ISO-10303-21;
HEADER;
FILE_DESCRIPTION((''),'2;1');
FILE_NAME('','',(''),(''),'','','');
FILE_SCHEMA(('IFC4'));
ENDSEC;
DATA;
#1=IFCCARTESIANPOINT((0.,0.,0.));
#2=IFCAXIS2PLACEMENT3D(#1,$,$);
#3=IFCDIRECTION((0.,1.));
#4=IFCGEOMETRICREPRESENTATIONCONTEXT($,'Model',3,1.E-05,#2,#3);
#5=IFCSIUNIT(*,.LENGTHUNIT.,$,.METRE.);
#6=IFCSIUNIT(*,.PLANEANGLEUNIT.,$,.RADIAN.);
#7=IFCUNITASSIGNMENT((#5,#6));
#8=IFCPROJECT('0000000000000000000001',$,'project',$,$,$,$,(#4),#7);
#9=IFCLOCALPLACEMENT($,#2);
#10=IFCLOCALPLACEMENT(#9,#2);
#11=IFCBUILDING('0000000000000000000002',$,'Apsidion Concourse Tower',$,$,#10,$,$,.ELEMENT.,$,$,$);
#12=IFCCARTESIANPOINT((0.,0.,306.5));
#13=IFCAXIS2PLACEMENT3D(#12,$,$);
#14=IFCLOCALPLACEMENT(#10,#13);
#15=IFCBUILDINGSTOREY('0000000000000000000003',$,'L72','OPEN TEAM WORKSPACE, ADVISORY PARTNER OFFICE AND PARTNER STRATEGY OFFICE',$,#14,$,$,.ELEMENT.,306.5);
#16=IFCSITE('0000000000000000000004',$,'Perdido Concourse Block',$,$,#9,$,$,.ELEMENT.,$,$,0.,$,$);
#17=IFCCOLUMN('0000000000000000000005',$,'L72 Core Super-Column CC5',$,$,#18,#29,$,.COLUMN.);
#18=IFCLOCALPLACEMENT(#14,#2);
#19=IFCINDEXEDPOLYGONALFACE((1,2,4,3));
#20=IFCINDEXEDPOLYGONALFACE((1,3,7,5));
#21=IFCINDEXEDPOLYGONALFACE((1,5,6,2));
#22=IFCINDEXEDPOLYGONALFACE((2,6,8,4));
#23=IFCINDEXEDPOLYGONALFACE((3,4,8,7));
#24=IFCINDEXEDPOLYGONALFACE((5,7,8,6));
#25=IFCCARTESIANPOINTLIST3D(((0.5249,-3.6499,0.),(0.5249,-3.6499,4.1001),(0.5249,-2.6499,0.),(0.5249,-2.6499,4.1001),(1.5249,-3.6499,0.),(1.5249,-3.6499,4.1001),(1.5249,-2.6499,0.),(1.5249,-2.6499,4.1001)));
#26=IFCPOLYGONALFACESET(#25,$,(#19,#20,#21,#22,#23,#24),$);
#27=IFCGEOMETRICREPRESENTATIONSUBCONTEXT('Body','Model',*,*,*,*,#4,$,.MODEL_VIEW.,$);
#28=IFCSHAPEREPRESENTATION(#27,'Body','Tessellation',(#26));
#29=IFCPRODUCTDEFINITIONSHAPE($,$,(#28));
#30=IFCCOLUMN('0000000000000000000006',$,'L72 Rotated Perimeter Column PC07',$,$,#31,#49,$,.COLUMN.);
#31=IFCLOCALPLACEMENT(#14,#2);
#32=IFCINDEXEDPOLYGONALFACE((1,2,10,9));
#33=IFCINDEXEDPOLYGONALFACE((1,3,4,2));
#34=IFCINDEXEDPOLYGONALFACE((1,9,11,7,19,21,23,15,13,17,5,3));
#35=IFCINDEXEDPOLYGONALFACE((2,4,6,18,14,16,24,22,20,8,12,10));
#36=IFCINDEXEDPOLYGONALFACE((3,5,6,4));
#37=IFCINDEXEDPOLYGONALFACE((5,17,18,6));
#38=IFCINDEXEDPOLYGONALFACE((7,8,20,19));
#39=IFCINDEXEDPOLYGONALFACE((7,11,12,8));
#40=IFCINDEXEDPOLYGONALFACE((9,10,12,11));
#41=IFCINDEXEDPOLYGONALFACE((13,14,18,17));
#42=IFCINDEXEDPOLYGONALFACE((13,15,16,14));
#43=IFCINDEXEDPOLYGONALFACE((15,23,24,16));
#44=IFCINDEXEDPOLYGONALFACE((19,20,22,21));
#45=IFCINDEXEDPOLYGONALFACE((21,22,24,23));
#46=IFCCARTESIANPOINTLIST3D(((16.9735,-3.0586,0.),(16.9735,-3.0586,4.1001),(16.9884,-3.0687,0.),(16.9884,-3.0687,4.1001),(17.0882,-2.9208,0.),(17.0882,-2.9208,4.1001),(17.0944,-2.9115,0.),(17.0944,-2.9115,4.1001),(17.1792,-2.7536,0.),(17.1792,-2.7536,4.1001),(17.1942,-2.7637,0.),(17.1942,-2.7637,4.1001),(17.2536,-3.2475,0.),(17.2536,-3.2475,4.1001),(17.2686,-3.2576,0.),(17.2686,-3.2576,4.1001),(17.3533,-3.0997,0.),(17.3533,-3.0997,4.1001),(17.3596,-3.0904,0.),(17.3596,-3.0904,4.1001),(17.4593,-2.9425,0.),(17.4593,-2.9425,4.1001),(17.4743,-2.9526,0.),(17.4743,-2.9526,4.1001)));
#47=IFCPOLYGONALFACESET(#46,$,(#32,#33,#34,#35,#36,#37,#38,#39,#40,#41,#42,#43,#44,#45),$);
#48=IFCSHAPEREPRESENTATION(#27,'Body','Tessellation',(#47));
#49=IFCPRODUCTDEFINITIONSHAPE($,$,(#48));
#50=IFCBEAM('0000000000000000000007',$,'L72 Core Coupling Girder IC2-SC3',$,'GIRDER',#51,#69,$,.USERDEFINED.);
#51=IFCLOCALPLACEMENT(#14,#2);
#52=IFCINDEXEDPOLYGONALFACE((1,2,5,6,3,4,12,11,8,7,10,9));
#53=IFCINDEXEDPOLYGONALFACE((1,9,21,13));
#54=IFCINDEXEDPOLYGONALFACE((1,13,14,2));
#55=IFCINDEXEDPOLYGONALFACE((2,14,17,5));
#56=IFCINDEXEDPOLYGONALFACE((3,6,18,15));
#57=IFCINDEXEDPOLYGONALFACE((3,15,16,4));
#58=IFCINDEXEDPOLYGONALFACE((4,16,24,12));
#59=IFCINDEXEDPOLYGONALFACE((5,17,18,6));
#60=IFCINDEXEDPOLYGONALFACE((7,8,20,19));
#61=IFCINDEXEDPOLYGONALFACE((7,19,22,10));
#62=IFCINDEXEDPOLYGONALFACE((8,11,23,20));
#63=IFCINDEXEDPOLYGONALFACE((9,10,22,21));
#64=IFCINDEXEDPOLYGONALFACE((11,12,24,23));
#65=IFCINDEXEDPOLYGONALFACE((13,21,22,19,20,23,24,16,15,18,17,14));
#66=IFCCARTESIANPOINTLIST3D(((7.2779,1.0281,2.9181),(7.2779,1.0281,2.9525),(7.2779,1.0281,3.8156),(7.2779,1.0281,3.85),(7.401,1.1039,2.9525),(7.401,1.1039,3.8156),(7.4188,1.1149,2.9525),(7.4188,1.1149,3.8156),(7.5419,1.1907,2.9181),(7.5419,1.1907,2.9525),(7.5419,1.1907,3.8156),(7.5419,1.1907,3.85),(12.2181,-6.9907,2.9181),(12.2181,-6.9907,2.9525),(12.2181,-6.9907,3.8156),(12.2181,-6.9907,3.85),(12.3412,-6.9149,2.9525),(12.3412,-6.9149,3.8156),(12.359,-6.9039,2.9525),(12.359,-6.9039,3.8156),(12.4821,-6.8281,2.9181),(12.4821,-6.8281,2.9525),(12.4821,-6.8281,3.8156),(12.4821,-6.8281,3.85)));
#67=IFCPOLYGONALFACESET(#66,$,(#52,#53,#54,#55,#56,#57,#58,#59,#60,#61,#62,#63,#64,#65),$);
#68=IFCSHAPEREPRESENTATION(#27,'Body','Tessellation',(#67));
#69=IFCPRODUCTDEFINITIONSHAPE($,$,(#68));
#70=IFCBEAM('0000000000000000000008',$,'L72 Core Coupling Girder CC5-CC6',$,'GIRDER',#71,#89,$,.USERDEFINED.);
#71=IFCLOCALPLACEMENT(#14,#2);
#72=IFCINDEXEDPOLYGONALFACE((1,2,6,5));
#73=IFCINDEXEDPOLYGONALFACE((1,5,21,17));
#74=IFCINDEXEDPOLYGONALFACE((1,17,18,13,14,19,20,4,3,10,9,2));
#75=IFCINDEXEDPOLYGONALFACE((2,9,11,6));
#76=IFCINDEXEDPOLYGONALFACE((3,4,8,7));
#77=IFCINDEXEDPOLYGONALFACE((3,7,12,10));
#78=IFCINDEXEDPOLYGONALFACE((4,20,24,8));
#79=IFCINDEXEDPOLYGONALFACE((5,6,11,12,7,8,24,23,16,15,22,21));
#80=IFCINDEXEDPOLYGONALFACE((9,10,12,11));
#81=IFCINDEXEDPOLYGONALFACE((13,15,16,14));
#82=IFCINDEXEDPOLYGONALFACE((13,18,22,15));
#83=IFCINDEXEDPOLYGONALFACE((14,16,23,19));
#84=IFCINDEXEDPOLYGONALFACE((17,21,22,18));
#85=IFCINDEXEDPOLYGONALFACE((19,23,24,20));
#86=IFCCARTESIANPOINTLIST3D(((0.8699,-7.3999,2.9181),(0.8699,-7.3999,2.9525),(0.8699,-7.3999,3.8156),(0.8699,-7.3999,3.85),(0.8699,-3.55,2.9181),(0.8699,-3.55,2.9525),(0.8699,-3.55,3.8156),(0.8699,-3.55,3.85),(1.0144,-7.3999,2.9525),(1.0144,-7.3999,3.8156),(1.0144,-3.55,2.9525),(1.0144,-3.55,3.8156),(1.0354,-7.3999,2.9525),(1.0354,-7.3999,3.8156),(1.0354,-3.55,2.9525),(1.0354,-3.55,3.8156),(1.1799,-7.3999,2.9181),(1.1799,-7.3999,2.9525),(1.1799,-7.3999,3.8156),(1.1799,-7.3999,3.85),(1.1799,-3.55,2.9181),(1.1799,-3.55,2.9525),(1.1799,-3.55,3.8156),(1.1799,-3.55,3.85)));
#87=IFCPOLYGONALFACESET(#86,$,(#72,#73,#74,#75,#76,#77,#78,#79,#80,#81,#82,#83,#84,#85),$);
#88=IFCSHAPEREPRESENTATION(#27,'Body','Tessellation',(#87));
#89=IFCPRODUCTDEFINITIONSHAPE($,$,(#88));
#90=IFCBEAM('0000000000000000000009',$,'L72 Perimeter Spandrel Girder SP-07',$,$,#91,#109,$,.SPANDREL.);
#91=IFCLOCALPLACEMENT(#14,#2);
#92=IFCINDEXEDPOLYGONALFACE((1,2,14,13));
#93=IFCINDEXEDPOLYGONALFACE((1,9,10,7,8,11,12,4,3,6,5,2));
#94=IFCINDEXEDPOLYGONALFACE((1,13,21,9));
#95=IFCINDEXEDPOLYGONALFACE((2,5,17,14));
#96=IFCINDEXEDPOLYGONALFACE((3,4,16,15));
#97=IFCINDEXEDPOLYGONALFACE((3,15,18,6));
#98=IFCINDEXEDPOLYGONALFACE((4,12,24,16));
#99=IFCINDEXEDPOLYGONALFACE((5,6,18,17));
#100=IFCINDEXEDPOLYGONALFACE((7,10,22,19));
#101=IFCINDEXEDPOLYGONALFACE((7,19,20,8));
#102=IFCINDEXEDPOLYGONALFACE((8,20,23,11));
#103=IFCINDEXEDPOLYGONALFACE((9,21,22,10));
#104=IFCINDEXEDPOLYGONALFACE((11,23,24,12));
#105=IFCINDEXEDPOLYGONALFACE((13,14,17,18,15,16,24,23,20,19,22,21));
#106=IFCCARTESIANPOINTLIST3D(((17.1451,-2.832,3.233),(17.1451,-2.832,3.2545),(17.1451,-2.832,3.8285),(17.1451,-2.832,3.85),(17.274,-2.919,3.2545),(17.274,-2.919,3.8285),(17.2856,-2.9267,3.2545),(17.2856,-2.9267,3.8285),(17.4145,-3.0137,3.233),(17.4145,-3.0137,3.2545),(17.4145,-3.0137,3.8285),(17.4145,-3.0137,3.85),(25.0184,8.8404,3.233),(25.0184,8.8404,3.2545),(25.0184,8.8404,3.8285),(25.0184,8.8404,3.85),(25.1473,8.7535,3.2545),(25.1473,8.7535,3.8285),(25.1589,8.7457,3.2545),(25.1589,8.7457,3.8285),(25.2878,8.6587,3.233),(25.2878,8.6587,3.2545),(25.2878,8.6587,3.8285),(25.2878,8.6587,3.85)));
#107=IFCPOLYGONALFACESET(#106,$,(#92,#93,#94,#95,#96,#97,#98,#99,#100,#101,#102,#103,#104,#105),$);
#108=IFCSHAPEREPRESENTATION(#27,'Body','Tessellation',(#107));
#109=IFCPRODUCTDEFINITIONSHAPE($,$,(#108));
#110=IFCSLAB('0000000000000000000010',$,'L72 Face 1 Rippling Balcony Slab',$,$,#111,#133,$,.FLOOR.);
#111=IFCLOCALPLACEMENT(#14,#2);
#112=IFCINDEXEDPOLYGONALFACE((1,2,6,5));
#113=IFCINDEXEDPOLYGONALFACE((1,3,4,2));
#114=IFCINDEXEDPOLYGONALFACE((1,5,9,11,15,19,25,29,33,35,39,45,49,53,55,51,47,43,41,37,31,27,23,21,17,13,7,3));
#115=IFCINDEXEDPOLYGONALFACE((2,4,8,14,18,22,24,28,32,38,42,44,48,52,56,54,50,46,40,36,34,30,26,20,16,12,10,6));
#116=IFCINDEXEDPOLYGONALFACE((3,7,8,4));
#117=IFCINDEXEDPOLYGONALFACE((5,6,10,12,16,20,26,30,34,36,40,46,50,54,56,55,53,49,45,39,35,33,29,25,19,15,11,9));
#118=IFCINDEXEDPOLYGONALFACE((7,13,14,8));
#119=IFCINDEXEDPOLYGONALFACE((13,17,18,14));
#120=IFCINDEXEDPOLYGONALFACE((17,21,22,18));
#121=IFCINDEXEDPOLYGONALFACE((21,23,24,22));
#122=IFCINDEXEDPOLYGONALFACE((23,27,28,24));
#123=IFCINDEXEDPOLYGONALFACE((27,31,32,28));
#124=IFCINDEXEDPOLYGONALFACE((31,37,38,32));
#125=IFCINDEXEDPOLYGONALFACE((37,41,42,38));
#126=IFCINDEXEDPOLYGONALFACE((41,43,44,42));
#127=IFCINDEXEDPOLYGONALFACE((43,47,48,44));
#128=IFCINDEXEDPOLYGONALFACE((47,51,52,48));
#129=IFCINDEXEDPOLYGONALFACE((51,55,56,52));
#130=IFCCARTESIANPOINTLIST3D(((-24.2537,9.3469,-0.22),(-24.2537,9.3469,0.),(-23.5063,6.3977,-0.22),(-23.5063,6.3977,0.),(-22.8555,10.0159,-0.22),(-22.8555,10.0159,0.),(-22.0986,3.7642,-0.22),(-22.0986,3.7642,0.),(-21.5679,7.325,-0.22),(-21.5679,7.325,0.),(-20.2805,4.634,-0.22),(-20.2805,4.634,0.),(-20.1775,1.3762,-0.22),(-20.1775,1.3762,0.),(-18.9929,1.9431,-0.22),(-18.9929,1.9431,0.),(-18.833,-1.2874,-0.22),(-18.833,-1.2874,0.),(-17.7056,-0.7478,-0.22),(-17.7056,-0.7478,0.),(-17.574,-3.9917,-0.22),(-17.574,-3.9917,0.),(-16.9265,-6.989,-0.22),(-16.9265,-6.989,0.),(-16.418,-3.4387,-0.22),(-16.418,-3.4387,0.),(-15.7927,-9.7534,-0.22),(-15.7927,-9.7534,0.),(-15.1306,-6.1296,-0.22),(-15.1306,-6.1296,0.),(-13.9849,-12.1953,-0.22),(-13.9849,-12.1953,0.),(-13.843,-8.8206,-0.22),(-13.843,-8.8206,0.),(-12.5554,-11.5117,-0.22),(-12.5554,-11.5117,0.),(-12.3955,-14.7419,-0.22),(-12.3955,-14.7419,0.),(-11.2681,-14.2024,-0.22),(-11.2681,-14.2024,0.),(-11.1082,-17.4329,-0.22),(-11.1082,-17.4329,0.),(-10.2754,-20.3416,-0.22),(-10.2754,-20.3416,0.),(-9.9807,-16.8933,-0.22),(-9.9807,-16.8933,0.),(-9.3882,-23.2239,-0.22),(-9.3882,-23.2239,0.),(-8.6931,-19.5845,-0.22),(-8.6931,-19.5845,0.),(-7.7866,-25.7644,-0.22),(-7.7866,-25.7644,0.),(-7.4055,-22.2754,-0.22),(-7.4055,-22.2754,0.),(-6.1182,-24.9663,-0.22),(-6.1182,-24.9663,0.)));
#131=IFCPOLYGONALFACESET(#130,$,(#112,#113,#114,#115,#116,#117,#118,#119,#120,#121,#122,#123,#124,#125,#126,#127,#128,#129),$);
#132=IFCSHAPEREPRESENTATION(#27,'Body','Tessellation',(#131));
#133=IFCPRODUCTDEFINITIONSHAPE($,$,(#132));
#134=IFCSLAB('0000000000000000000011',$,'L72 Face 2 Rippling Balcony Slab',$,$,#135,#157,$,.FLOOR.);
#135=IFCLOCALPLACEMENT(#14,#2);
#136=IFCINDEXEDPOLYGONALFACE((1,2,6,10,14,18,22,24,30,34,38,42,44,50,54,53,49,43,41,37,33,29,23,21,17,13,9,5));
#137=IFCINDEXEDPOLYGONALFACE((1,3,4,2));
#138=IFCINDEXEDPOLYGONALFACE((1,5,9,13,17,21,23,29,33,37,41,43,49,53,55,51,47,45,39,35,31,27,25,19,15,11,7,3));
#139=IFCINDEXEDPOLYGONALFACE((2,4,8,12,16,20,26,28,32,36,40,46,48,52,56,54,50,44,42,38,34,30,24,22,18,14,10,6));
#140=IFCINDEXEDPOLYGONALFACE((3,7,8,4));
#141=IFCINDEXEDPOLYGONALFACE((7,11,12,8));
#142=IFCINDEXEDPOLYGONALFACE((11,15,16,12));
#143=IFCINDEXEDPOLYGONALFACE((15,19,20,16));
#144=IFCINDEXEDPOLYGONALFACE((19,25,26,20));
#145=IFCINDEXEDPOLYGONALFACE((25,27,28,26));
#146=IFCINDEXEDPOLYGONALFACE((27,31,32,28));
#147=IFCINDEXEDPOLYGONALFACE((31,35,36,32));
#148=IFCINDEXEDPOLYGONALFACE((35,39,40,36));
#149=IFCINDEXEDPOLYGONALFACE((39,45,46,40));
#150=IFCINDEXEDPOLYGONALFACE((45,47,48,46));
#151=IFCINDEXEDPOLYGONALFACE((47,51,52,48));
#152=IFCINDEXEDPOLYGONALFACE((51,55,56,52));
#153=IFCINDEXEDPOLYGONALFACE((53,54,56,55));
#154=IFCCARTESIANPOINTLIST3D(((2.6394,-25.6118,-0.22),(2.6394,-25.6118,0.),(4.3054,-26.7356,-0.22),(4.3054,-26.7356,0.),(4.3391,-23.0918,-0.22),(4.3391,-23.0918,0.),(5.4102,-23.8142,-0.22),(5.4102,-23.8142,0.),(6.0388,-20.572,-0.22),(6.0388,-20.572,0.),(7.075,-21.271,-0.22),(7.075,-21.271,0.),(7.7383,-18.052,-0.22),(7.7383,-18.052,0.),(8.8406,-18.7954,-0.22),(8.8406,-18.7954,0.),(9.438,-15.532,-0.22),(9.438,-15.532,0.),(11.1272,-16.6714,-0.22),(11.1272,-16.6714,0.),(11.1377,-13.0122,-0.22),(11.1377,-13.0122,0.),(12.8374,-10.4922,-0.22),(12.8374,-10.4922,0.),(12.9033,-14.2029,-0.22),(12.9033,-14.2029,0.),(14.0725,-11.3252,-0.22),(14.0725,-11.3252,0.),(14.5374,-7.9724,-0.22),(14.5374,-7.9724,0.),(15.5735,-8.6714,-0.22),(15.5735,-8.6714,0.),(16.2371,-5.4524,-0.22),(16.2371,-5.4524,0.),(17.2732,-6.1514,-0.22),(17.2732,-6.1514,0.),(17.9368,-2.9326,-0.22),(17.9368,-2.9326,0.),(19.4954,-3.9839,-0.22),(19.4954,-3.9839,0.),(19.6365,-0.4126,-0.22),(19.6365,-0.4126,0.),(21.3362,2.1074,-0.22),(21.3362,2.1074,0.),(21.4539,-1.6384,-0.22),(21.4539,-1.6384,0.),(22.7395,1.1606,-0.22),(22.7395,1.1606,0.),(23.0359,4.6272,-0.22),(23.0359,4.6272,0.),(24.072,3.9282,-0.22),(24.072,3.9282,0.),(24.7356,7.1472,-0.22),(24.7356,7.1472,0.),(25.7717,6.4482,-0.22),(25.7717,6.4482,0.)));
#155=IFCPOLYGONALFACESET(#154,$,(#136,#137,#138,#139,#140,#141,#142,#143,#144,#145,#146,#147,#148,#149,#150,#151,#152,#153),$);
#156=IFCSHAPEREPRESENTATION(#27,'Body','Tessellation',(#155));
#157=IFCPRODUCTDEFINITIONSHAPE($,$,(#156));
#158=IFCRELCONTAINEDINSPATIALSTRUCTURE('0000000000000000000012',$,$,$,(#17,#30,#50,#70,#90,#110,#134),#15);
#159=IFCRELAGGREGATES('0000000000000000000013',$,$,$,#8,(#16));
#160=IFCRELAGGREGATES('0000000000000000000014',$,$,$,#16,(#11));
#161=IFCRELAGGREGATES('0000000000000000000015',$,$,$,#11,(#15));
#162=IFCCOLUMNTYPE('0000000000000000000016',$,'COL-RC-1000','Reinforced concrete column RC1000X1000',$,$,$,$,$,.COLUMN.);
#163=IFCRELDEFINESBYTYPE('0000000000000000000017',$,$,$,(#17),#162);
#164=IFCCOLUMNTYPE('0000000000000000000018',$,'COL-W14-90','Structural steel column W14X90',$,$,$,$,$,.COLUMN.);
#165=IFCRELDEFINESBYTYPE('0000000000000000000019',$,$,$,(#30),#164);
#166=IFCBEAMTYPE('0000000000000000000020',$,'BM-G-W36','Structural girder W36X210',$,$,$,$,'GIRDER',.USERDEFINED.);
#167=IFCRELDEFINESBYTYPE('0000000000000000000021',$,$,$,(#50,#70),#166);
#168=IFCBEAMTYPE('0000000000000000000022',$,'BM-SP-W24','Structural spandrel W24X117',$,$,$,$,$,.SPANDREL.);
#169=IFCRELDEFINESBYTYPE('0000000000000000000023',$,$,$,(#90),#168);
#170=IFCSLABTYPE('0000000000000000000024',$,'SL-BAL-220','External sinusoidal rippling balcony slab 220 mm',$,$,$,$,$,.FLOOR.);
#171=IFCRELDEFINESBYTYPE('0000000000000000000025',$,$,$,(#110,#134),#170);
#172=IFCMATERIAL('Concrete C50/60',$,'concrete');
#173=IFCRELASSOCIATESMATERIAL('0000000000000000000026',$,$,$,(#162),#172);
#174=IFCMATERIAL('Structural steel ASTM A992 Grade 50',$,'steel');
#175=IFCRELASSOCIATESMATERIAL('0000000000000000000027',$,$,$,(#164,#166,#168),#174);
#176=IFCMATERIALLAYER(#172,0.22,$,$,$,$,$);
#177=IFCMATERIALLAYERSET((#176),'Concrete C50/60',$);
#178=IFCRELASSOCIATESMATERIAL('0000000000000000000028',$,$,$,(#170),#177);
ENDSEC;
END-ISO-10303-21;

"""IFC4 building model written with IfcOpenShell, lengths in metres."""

from ifc_helpers import new_model, si_unit, direction, frame, origin, origin_2d, place, context, subcontext, project, spatial, polyline, rectangle, i_section, outline, extrude, material, layer, layer_set, material_profile, profile_set, type_object, element, save


model = new_model("IFC4")

# Units and contexts
model_context = context("Model", 3, precision=1e-05, world=origin(), true_north=direction((0.0, 1.0)))
body_context = subcontext(model_context, "Body", "Model", "MODEL_VIEW")
ifc_project = project(units=[si_unit("LENGTHUNIT", "METRE"), si_unit("PLANEANGLEUNIT", "RADIAN")], contexts=[model_context])

# Site, building, storey
site_placement = place(None, origin())
site = spatial("IfcSite", under=ifc_project, at=site_placement, Name="Perdido Concourse Block", CompositionType="ELEMENT", RefElevation=0.0)
building_placement = place(site_placement, origin())
building = spatial("IfcBuilding", under=site, at=building_placement, Name="Apsidion Concourse Tower", CompositionType="ELEMENT")
storey_placement = place(building_placement, frame((0.0, 0.0, 306.5)))
storey = spatial("IfcBuildingStorey", under=building, at=storey_placement, Name="L72", Description="OPEN TEAM WORKSPACE, ADVISORY PARTNER OFFICE AND PARTNER STRATEGY OFFICE", CompositionType="ELEMENT", Elevation=306.5)

# Columns
ifc_material_1 = material(Name="Concrete C50/60", Category="concrete")
ifc_material_profile_1 = material_profile(ifc_material_1, rectangle(XDim=1.0, YDim=1.0, at=origin_2d()), Name="RC 1000x1000")
ifc_profile_set_1 = profile_set([ifc_material_profile_1], Name="Concrete C50/60")
column_type_1 = type_object("IfcColumnType", Name="COL-RC-1000", Description="Reinforced concrete column RC1000X1000", PredefinedType="COLUMN", material=ifc_profile_set_1)
column_1_placement = place(storey_placement, frame((1.0249, -3.1499, 0.0), z_axis=(0.0, 0.0, 1.0), x_axis=(1.0, 0.0, 0.0)))
element("IfcColumn", 1, at=column_1_placement, inside=storey, type_object=column_type_1, Name="L72 Core Super-Column CC5", PredefinedType="COLUMN", context=body_context, shape_type="SweptSolid", body=[
    extrude(rectangle(XDim=1.0, YDim=1.0, at=origin_2d()), origin(), (0.0, 0.0, 1.0), 4.1001),
])
ifc_material_2 = material(Name="Structural steel ASTM A992 Grade 50", Category="steel")
ifc_material_profile_2 = material_profile(ifc_material_2, i_section(OverallWidth=0.3679, OverallDepth=0.356, WebThickness=0.0112, FlangeThickness=0.0181, at=origin_2d()), Name="W14X90")
ifc_profile_set_2 = profile_set([ifc_material_profile_2], Name="Structural steel ASTM A992 Grade 50")
column_type_2 = type_object("IfcColumnType", Name="COL-W14-90", Description="Structural steel column W14X90", PredefinedType="COLUMN", material=ifc_profile_set_2)
column_2_placement = place(storey_placement, frame((17.2239, -3.0056, 0.0), z_axis=(0.0, 0.0, 1.0), x_axis=(0.559193, 0.829038, 0.0)))
element("IfcColumn", 2, at=column_2_placement, inside=storey, type_object=column_type_2, Name="L72 Rotated Perimeter Column PC07", PredefinedType="COLUMN", context=body_context, shape_type="SweptSolid", body=[
    extrude(i_section(OverallWidth=0.3679, OverallDepth=0.356, WebThickness=0.0112, FlangeThickness=0.0181, at=origin_2d()), origin(), (0.0, 0.0, 1.0), 4.1001),
])

# Beams
ifc_material_profile_3 = material_profile(ifc_material_2, i_section(OverallWidth=0.3101, OverallDepth=0.9319, WebThickness=0.021, FlangeThickness=0.0344, at=origin_2d()), Name="W36X210")
ifc_profile_set_3 = profile_set([ifc_material_profile_3], Name="Structural steel ASTM A992 Grade 50")
beam_type_1 = type_object("IfcBeamType", Name="BM-G-W36", Description="Structural girder W36X210", ElementType="GIRDER", PredefinedType="USERDEFINED", material=ifc_profile_set_3)
beam_1_placement = place(storey_placement, frame((12.3501, -6.9094, 3.384), z_axis=(-0.524524, 0.851396, 0.0), x_axis=(-0.851396, -0.524524, 0.0)))
element("IfcBeam", 3, at=beam_1_placement, inside=storey, type_object=beam_type_1, Name="L72 Core Coupling Girder IC2-SC3", ObjectType="GIRDER", PredefinedType="USERDEFINED", context=body_context, shape_type="SweptSolid", body=[
    extrude(i_section(OverallWidth=0.3101, OverallDepth=0.9319, WebThickness=0.021, FlangeThickness=0.0344, at=origin_2d()), origin(), (0.0, 0.0, 1.0), 9.4185),
])
beam_2_placement = place(storey_placement, frame((1.0249, -3.55, 3.384), z_axis=(0.0, -1.0, 0.0), x_axis=(1.0, 0.0, 0.0)))
element("IfcBeam", 4, at=beam_2_placement, inside=storey, type_object=beam_type_1, Name="L72 Core Coupling Girder CC5-CC6", ObjectType="GIRDER", PredefinedType="USERDEFINED", context=body_context, shape_type="SweptSolid", body=[
    extrude(i_section(OverallWidth=0.3101, OverallDepth=0.9319, WebThickness=0.021, FlangeThickness=0.0344, at=origin_2d()), origin(), (0.0, 0.0, 1.0), 3.8499),
])
ifc_material_profile_4 = material_profile(ifc_material_2, i_section(OverallWidth=0.325, OverallDepth=0.6169, WebThickness=0.0139, FlangeThickness=0.0215, at=origin_2d()), Name="W24X117")
ifc_profile_set_4 = profile_set([ifc_material_profile_4], Name="Structural steel ASTM A992 Grade 50")
beam_type_2 = type_object("IfcBeamType", Name="BM-SP-W24", Description="Structural spandrel W24X117", PredefinedType="SPANDREL", material=ifc_profile_set_4)
beam_3_placement = place(storey_placement, frame((17.2798, -2.9229, 3.5415), z_axis=(0.559202, 0.829032, 0.0), x_axis=(-0.829032, 0.559202, 0.0)))
element("IfcBeam", 5, at=beam_3_placement, inside=storey, type_object=beam_type_2, Name="L72 Perimeter Spandrel Girder SP-07", PredefinedType="SPANDREL", context=body_context, shape_type="SweptSolid", body=[
    extrude(i_section(OverallWidth=0.325, OverallDepth=0.6169, WebThickness=0.0139, FlangeThickness=0.0215, at=origin_2d()), origin(), (0.0, 0.0, 1.0), 14.0796),
])

# Slabs
ifc_layer_1 = layer(ifc_material_1, 0.22)
ifc_layer_set_1 = layer_set([ifc_layer_1], Name="Concrete C50/60")
slab_type_1 = type_object("IfcSlabType", Name="SL-BAL-220", Description="External sinusoidal rippling balcony slab 220 mm", PredefinedType="FLOOR", material=ifc_layer_set_1)
slab_1_placement = place(storey_placement, frame((0.0, 0.0, -0.22)))
element("IfcSlab", 6, at=slab_1_placement, inside=storey, type_object=slab_type_1, Name="L72 Face 1 Rippling Balcony Slab", PredefinedType="FLOOR", context=body_context, shape_type="SweptSolid", body=[
    extrude(outline(polyline([(-22.8555, 10.0159), (-21.5679, 7.325), (-20.2805, 4.634), (-18.9929, 1.9431), (-17.7056, -0.7478), (-16.418, -3.4387), (-15.1306, -6.1296), (-13.843, -8.8206), (-12.5554, -11.5117), (-11.2681, -14.2024), (-9.9807, -16.8933), (-8.6931, -19.5845), (-7.4055, -22.2754), (-6.1182, -24.9663), (-7.7866, -25.7644), (-9.3882, -23.2239), (-10.2754, -20.3416), (-11.1082, -17.4329), (-12.3955, -14.7419), (-13.9849, -12.1953), (-15.7927, -9.7534), (-16.9265, -6.989), (-17.574, -3.9917), (-18.833, -1.2874), (-20.1775, 1.3762), (-22.0986, 3.7642), (-23.5063, 6.3977), (-24.2537, 9.3469), (-22.8555, 10.0159)])), origin(), (0.0, 0.0, 1.0), 0.22),
])
slab_2_placement = place(storey_placement, frame((0.0, 0.0, -0.22)))
element("IfcSlab", 7, at=slab_2_placement, inside=storey, type_object=slab_type_1, Name="L72 Face 2 Rippling Balcony Slab", PredefinedType="FLOOR", context=body_context, shape_type="SweptSolid", body=[
    extrude(outline(polyline([(2.6394, -25.6118), (4.3391, -23.0918), (6.0388, -20.572), (7.7383, -18.052), (9.438, -15.532), (11.1377, -13.0122), (12.8374, -10.4922), (14.5374, -7.9724), (16.2371, -5.4524), (17.9368, -2.9326), (19.6365, -0.4126), (21.3362, 2.1074), (23.0359, 4.6272), (24.7356, 7.1472), (25.7717, 6.4482), (24.072, 3.9282), (22.7395, 1.1606), (21.4539, -1.6384), (19.4954, -3.9839), (17.2732, -6.1514), (15.5735, -8.6714), (14.0725, -11.3252), (12.9033, -14.2029), (11.1272, -16.6714), (8.8406, -18.7954), (7.075, -21.271), (5.4102, -23.8142), (4.3054, -26.7356), (2.6394, -25.6118)])), origin(), (0.0, 0.0, 1.0), 0.22),
])

save(model, "model.ifc")
